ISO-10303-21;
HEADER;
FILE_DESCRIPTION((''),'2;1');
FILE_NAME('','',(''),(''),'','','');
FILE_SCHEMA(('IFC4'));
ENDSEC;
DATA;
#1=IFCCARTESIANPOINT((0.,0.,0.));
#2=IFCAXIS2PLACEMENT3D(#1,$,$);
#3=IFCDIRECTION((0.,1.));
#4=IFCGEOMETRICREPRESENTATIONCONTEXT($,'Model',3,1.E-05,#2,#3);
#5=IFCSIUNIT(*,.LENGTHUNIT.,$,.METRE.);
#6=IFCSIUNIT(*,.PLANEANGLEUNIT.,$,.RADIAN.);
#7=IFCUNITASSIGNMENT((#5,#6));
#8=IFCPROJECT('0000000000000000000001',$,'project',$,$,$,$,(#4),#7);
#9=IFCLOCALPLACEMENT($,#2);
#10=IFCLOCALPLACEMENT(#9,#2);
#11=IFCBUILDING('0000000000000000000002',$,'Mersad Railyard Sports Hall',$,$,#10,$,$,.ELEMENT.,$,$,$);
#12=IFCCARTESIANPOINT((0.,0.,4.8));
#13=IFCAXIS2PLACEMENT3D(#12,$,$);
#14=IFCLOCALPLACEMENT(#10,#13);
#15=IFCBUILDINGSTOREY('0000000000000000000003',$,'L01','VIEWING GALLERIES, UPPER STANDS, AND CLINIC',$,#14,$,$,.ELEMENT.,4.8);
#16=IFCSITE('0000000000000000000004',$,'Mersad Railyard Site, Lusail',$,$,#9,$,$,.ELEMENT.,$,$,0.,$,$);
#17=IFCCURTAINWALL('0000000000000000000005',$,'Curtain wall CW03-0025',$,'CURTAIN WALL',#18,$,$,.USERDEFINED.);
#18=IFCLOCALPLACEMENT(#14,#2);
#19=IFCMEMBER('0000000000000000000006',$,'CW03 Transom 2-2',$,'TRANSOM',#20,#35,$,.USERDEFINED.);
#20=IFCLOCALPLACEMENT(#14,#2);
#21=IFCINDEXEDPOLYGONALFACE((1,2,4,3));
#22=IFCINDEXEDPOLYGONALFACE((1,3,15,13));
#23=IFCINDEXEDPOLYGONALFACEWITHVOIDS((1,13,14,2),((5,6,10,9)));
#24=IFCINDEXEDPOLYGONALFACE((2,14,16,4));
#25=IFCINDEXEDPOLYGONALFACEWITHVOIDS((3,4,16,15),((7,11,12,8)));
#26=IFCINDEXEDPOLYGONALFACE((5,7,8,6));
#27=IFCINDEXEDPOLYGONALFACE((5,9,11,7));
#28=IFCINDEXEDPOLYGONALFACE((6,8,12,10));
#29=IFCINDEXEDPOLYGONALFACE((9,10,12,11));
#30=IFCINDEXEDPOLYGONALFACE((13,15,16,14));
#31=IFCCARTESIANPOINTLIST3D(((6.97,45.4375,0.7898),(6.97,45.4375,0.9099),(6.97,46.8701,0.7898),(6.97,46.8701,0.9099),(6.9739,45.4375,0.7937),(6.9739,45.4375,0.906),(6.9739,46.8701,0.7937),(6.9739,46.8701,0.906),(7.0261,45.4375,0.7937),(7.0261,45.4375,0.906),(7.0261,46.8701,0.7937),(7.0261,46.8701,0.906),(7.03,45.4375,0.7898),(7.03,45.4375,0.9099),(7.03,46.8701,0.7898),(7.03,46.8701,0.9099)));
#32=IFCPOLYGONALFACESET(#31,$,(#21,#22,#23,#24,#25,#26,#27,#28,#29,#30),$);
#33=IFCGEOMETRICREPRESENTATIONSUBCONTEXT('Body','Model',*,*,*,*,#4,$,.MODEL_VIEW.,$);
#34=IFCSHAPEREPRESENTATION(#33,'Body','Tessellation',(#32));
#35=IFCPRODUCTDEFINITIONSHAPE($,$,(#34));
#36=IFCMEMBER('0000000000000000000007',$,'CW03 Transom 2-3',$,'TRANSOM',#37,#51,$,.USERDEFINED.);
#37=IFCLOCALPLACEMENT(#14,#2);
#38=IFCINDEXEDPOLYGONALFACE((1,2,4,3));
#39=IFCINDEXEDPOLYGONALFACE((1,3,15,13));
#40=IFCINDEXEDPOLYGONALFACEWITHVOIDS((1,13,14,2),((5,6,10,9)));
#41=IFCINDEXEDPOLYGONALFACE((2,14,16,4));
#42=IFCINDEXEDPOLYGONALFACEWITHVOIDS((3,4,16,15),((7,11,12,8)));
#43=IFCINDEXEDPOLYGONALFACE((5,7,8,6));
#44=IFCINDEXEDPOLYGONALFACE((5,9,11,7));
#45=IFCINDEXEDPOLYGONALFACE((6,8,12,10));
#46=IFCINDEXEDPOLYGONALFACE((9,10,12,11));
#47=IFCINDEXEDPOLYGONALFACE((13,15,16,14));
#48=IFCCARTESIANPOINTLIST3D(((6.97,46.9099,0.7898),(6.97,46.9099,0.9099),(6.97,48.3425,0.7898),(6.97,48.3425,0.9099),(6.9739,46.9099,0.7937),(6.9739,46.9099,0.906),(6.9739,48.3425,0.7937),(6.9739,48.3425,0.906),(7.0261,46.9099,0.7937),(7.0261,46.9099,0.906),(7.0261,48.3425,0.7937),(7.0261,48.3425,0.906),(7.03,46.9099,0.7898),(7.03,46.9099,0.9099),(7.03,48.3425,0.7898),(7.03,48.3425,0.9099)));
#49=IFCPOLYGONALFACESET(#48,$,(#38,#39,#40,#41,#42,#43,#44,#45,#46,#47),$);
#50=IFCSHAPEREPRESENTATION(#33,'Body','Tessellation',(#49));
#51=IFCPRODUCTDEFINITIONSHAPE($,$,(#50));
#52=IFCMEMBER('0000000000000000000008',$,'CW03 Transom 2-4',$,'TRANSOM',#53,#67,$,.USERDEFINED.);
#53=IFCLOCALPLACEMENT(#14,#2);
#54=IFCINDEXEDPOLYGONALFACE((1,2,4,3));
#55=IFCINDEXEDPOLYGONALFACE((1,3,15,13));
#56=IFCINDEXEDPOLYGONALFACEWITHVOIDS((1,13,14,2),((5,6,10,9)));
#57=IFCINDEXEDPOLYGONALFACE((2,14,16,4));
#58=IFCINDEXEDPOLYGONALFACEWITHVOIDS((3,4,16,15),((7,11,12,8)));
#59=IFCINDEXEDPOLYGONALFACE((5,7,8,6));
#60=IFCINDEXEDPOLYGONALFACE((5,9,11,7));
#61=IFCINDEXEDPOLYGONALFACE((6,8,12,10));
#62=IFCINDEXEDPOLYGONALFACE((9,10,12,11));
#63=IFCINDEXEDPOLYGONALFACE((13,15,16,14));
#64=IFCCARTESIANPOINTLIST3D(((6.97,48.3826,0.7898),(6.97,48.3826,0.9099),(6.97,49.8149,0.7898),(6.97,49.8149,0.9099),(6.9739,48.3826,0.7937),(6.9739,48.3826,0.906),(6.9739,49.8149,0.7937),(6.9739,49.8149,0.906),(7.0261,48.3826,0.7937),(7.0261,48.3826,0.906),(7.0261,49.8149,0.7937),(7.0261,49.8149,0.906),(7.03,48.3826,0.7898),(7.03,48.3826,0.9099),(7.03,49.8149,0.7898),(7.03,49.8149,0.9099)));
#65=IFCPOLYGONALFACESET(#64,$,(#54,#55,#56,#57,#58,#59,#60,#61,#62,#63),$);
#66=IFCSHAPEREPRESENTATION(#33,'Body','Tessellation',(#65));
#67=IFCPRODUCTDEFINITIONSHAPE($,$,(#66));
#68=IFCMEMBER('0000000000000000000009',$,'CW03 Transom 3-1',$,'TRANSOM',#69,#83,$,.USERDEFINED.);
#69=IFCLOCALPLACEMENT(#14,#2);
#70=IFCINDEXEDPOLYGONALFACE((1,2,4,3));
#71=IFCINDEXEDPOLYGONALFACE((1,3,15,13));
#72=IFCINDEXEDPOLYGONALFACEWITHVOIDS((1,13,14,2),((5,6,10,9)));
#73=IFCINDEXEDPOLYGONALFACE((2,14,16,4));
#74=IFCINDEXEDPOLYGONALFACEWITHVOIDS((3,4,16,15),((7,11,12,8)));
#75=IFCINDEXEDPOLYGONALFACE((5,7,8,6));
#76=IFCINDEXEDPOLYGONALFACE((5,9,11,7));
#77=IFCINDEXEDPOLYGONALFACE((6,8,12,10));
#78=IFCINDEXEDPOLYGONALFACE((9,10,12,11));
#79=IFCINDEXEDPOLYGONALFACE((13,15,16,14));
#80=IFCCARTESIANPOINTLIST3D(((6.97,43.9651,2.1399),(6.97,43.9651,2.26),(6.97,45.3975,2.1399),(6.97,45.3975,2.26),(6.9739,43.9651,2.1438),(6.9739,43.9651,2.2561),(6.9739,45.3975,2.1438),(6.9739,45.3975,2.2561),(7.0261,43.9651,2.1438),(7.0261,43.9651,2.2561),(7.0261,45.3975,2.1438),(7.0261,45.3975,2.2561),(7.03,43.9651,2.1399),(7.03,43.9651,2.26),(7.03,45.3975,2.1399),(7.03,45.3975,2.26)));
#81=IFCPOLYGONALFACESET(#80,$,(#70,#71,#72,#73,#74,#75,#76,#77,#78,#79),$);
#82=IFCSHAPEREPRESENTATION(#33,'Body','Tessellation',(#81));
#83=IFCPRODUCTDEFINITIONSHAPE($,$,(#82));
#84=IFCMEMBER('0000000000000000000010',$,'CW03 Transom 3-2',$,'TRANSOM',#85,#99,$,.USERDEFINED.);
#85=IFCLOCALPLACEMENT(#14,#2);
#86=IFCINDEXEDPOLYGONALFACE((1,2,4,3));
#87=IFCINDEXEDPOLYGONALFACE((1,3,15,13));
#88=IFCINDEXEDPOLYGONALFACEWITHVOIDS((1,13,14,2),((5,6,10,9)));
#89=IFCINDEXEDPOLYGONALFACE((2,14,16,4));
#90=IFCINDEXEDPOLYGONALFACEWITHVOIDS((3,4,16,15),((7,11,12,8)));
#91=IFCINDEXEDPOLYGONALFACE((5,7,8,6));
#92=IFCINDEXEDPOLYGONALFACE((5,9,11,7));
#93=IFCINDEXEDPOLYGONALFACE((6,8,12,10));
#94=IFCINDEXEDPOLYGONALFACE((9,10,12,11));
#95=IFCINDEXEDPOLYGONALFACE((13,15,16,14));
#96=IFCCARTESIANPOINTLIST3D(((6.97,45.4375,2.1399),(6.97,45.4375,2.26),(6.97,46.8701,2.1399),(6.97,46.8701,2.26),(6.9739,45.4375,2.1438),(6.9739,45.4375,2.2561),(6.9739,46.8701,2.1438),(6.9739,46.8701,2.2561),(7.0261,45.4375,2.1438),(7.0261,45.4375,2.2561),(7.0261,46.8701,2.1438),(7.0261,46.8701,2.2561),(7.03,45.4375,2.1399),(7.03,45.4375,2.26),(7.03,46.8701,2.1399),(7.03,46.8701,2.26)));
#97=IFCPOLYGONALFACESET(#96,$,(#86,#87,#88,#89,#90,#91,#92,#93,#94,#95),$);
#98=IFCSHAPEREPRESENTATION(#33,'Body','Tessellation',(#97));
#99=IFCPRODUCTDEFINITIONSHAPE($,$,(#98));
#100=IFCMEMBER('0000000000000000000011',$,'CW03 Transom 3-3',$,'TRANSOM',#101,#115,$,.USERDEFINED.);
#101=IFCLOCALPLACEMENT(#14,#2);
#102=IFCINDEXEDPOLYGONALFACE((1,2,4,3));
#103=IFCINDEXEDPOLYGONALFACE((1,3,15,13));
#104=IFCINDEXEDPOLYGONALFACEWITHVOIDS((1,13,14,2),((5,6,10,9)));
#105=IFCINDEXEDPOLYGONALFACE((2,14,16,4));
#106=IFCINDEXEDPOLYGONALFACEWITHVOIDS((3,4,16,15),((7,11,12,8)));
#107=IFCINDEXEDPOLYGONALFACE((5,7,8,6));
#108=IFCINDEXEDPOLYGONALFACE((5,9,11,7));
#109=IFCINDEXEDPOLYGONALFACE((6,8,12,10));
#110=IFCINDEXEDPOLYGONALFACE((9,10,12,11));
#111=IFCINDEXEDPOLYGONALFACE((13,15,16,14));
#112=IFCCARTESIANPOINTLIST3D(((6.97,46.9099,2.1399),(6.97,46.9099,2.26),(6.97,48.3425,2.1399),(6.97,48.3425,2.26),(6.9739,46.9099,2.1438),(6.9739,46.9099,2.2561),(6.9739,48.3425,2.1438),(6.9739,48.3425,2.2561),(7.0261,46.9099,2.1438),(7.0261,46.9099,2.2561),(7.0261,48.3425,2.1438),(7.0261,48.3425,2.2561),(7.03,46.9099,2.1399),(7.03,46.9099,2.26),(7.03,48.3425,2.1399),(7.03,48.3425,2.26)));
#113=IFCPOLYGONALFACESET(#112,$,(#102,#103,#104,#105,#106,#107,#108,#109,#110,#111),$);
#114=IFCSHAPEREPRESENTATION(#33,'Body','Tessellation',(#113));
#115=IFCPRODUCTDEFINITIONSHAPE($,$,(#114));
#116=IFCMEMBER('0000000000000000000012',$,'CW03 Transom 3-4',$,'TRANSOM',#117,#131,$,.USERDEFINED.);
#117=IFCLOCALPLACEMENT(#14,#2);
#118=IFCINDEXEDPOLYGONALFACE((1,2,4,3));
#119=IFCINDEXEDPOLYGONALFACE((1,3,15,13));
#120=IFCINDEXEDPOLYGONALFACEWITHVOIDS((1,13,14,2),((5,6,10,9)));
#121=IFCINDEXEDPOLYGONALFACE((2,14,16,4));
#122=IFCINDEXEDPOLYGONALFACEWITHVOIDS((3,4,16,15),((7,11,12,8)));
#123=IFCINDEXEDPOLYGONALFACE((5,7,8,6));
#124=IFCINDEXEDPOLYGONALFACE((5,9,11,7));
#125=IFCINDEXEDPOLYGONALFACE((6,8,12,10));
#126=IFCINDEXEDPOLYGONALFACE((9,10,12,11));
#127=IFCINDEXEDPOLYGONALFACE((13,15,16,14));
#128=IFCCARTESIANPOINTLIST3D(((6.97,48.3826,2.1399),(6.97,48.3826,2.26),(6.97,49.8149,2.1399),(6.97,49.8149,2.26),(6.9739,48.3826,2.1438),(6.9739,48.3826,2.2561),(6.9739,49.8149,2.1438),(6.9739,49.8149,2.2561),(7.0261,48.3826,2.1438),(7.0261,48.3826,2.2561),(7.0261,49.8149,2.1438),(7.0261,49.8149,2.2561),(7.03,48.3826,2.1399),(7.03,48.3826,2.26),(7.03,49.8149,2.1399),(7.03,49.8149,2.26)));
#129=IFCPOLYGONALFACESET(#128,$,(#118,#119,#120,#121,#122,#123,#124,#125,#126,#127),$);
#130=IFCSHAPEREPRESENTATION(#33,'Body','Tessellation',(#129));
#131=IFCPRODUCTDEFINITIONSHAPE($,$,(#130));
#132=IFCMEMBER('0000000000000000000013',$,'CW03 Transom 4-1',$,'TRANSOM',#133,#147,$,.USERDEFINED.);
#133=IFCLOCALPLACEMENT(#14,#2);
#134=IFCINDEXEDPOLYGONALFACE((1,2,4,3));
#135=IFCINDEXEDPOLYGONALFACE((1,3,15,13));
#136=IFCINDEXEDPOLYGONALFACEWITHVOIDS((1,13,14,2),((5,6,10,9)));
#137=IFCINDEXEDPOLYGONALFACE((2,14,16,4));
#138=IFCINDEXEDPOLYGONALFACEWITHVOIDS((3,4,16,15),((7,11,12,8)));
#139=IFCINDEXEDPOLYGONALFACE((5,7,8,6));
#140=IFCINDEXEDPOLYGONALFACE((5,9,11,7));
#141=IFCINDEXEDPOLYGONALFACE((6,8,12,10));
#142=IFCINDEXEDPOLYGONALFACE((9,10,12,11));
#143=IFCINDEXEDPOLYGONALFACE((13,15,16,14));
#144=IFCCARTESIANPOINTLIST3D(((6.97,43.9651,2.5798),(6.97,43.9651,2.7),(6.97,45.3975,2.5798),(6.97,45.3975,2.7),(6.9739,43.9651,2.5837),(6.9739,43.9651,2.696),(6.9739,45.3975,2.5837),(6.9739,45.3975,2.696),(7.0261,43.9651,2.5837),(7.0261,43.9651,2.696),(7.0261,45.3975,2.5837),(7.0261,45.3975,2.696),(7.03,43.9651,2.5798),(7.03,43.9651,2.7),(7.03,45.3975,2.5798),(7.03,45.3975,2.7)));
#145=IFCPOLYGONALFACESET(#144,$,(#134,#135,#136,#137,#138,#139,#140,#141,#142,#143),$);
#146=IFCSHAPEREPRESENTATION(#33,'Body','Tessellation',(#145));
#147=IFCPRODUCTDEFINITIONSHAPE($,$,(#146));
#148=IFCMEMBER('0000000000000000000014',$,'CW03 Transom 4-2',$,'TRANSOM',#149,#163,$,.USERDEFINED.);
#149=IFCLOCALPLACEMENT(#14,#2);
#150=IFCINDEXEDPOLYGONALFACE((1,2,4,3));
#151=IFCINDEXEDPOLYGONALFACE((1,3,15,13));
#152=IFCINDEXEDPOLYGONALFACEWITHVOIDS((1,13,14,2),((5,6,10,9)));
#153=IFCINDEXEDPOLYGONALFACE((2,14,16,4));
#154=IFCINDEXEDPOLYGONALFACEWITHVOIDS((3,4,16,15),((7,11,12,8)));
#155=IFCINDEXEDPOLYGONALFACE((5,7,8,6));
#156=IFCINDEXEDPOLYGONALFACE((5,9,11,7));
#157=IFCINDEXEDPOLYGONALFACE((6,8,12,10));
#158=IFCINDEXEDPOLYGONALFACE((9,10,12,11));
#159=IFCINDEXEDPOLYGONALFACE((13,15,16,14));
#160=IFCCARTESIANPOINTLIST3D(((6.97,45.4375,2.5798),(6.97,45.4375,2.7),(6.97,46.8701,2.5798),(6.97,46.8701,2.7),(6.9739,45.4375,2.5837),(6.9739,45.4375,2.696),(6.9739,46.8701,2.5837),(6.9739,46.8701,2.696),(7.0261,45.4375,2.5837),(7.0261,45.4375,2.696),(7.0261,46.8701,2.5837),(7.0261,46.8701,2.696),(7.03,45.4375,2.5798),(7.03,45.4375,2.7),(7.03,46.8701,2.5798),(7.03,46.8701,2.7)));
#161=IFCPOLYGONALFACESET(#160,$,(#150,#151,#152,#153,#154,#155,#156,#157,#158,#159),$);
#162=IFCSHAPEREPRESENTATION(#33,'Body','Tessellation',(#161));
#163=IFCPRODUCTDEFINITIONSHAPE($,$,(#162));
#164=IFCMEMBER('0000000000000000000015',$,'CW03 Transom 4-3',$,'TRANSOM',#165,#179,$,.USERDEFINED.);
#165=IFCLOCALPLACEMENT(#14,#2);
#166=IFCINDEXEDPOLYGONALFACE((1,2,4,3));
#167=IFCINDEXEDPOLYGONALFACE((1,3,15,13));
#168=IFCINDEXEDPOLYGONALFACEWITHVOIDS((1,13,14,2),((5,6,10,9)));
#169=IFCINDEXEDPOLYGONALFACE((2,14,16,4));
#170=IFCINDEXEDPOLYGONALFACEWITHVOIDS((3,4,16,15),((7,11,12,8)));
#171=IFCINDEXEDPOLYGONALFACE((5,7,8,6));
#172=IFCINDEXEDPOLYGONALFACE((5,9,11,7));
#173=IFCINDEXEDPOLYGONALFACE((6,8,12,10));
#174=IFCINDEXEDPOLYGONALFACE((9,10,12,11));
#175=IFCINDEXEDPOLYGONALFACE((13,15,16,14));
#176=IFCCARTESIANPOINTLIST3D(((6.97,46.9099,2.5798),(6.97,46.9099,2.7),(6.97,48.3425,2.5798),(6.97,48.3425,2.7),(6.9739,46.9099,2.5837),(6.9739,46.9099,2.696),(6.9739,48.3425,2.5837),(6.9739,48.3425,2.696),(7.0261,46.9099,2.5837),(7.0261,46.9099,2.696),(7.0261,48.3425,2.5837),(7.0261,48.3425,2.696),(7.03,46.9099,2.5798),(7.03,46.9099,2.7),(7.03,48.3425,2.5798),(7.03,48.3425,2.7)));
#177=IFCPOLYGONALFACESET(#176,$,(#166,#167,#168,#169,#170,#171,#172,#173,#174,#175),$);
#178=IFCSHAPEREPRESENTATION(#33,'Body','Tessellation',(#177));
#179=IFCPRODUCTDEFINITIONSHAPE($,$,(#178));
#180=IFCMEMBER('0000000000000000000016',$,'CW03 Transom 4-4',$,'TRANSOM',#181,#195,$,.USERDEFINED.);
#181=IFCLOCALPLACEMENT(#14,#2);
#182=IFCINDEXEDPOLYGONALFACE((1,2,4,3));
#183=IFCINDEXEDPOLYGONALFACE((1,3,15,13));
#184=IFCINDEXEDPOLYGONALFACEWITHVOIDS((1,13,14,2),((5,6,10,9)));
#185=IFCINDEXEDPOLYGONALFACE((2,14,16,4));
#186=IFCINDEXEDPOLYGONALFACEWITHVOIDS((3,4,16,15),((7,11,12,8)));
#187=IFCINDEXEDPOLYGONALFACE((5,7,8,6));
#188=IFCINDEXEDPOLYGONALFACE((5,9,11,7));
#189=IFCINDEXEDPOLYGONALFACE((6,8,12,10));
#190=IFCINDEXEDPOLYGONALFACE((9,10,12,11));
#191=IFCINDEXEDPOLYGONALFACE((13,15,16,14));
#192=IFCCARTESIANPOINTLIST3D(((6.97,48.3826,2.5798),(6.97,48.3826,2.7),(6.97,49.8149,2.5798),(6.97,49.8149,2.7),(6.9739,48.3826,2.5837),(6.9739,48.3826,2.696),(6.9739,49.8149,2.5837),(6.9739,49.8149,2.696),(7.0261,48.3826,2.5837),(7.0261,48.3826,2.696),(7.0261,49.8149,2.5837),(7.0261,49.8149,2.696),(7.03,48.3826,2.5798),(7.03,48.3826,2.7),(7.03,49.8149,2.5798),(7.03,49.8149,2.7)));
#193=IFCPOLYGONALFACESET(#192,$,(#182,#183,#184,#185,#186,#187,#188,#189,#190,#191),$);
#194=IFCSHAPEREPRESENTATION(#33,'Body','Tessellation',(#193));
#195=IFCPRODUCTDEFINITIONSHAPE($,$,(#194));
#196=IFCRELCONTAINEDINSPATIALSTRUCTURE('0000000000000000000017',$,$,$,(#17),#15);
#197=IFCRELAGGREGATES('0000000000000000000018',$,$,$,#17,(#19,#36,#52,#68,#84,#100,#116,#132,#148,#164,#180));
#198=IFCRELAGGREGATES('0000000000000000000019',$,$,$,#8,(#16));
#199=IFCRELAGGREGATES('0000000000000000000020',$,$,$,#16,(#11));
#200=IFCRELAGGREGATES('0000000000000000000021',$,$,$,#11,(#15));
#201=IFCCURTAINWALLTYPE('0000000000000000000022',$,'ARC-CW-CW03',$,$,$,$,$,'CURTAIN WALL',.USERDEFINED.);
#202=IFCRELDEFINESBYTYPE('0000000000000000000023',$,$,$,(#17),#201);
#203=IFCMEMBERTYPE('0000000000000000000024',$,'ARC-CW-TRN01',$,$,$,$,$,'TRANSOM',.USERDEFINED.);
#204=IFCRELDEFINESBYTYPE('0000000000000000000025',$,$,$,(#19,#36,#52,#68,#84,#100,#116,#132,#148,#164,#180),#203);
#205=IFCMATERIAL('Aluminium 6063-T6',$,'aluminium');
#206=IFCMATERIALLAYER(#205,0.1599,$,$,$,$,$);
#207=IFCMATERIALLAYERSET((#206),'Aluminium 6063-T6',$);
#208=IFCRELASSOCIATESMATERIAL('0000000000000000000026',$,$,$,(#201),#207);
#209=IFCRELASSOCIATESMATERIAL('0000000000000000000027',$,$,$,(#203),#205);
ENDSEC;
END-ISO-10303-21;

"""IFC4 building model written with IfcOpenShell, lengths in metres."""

from ifc_helpers import new_model, si_unit, direction, frame, origin, origin_2d, place, context, subcontext, project, spatial, hollow_rectangle, extrude, material, layer, layer_set, material_profile, profile_set, type_object, element, aggregate, save


model = new_model("IFC4")

# Units and contexts
model_context = context("Model", 3, precision=1e-05, world=origin(), true_north=direction((0.0, 1.0)))
body_context = subcontext(model_context, "Body", "Model", "MODEL_VIEW")
ifc_project = project(units=[si_unit("LENGTHUNIT", "METRE"), si_unit("PLANEANGLEUNIT", "RADIAN")], contexts=[model_context])

# Site, building, storey
site_placement = place(None, origin())
site = spatial("IfcSite", under=ifc_project, at=site_placement, Name="Mersad Railyard Site, Lusail", CompositionType="ELEMENT", RefElevation=0.0)
building_placement = place(site_placement, origin())
building = spatial("IfcBuilding", under=site, at=building_placement, Name="Mersad Railyard Sports Hall", CompositionType="ELEMENT")
storey_placement = place(building_placement, frame((0.0, 0.0, 4.8)))
storey = spatial("IfcBuildingStorey", under=building, at=storey_placement, Name="L01", Description="VIEWING GALLERIES, UPPER STANDS, AND CLINIC", CompositionType="ELEMENT", Elevation=4.8)

# Curtain wall
ifc_material_1 = material(Name="Aluminium 6063-T6", Category="aluminium")
ifc_layer_1 = layer(ifc_material_1, 0.1599)
ifc_layer_set_1 = layer_set([ifc_layer_1], Name="Aluminium 6063-T6")
curtain_wall_type_1 = type_object("IfcCurtainWallType", Name="ARC-CW-CW03", ElementType="CURTAIN WALL", PredefinedType="USERDEFINED", material=ifc_layer_set_1)
curtain_wall_1_placement = place(storey_placement, origin())
curtain_wall_1 = element("IfcCurtainWall", 1, at=curtain_wall_1_placement, inside=storey, type_object=curtain_wall_type_1, Name="Curtain wall CW03-0025", ObjectType="CURTAIN WALL", PredefinedType="USERDEFINED")

# Members
ifc_material_profile_1 = material_profile(ifc_material_1, hollow_rectangle(XDim=0.0601, YDim=0.1201, WallThickness=0.0039, at=origin_2d()), Name="AL TRANSOM 60x120x4")
ifc_profile_set_1 = profile_set([ifc_material_profile_1], Name="Aluminium 6063-T6")
member_type_1 = type_object("IfcMemberType", Name="ARC-CW-TRN01", ElementType="TRANSOM", PredefinedType="USERDEFINED", material=ifc_profile_set_1)
member_1_placement = place(storey_placement, frame((7.0, 45.4375, 0.8499), z_axis=(0.0, 1.0, 0.0), x_axis=(-1.0, 0.0, 0.0)))
member_1 = element("IfcMember", 2, at=member_1_placement, type_object=member_type_1, Name="CW03 Transom 2-2", ObjectType="TRANSOM", PredefinedType="USERDEFINED", context=body_context, shape_type="SweptSolid", body=[
    extrude(hollow_rectangle(XDim=0.0601, YDim=0.1201, WallThickness=0.0039, at=origin_2d()), origin(), (0.0, 0.0, 1.0), 1.4326),
])
member_2_placement = place(storey_placement, frame((7.0, 46.9099, 0.8499), z_axis=(0.0, 1.0, 0.0), x_axis=(-1.0, 0.0, 0.0)))
member_2 = element("IfcMember", 3, at=member_2_placement, type_object=member_type_1, Name="CW03 Transom 2-3", ObjectType="TRANSOM", PredefinedType="USERDEFINED", context=body_context, shape_type="SweptSolid", body=[
    extrude(hollow_rectangle(XDim=0.0601, YDim=0.1201, WallThickness=0.0039, at=origin_2d()), origin(), (0.0, 0.0, 1.0), 1.4326),
])
member_3_placement = place(storey_placement, frame((7.0, 48.3826, 0.8499), z_axis=(0.0, 1.0, 0.0), x_axis=(-1.0, 0.0, 0.0)))
member_3 = element("IfcMember", 4, at=member_3_placement, type_object=member_type_1, Name="CW03 Transom 2-4", ObjectType="TRANSOM", PredefinedType="USERDEFINED", context=body_context, shape_type="SweptSolid", body=[
    extrude(hollow_rectangle(XDim=0.0601, YDim=0.1201, WallThickness=0.0039, at=origin_2d()), origin(), (0.0, 0.0, 1.0), 1.4324),
])
member_4_placement = place(storey_placement, frame((7.0, 43.9651, 2.2), z_axis=(0.0, 1.0, 0.0), x_axis=(-1.0, 0.0, 0.0)))
member_4 = element("IfcMember", 5, at=member_4_placement, type_object=member_type_1, Name="CW03 Transom 3-1", ObjectType="TRANSOM", PredefinedType="USERDEFINED", context=body_context, shape_type="SweptSolid", body=[
    extrude(hollow_rectangle(XDim=0.0601, YDim=0.1201, WallThickness=0.0039, at=origin_2d()), origin(), (0.0, 0.0, 1.0), 1.4324),
])
member_5_placement = place(storey_placement, frame((7.0, 45.4375, 2.2), z_axis=(0.0, 1.0, 0.0), x_axis=(-1.0, 0.0, 0.0)))
member_5 = element("IfcMember", 6, at=member_5_placement, type_object=member_type_1, Name="CW03 Transom 3-2", ObjectType="TRANSOM", PredefinedType="USERDEFINED", context=body_context, shape_type="SweptSolid", body=[
    extrude(hollow_rectangle(XDim=0.0601, YDim=0.1201, WallThickness=0.0039, at=origin_2d()), origin(), (0.0, 0.0, 1.0), 1.4326),
])
member_6_placement = place(storey_placement, frame((7.0, 46.9099, 2.2), z_axis=(0.0, 1.0, 0.0), x_axis=(-1.0, 0.0, 0.0)))
member_6 = element("IfcMember", 7, at=member_6_placement, type_object=member_type_1, Name="CW03 Transom 3-3", ObjectType="TRANSOM", PredefinedType="USERDEFINED", context=body_context, shape_type="SweptSolid", body=[
    extrude(hollow_rectangle(XDim=0.0601, YDim=0.1201, WallThickness=0.0039, at=origin_2d()), origin(), (0.0, 0.0, 1.0), 1.4326),
])
member_7_placement = place(storey_placement, frame((7.0, 48.3826, 2.2), z_axis=(0.0, 1.0, 0.0), x_axis=(-1.0, 0.0, 0.0)))
member_7 = element("IfcMember", 8, at=member_7_placement, type_object=member_type_1, Name="CW03 Transom 3-4", ObjectType="TRANSOM", PredefinedType="USERDEFINED", context=body_context, shape_type="SweptSolid", body=[
    extrude(hollow_rectangle(XDim=0.0601, YDim=0.1201, WallThickness=0.0039, at=origin_2d()), origin(), (0.0, 0.0, 1.0), 1.4324),
])
member_8_placement = place(storey_placement, frame((7.0, 43.9651, 2.6399), z_axis=(0.0, 1.0, 0.0), x_axis=(-1.0, 0.0, 0.0)))
member_8 = element("IfcMember", 9, at=member_8_placement, type_object=member_type_1, Name="CW03 Transom 4-1", ObjectType="TRANSOM", PredefinedType="USERDEFINED", context=body_context, shape_type="SweptSolid", body=[
    extrude(hollow_rectangle(XDim=0.0601, YDim=0.1201, WallThickness=0.0039, at=origin_2d()), origin(), (0.0, 0.0, 1.0), 1.4324),
])
member_9_placement = place(storey_placement, frame((7.0, 45.4375, 2.6399), z_axis=(0.0, 1.0, 0.0), x_axis=(-1.0, 0.0, 0.0)))
member_9 = element("IfcMember", 10, at=member_9_placement, type_object=member_type_1, Name="CW03 Transom 4-2", ObjectType="TRANSOM", PredefinedType="USERDEFINED", context=body_context, shape_type="SweptSolid", body=[
    extrude(hollow_rectangle(XDim=0.0601, YDim=0.1201, WallThickness=0.0039, at=origin_2d()), origin(), (0.0, 0.0, 1.0), 1.4326),
])
member_10_placement = place(storey_placement, frame((7.0, 46.9099, 2.6399), z_axis=(0.0, 1.0, 0.0), x_axis=(-1.0, 0.0, 0.0)))
member_10 = element("IfcMember", 11, at=member_10_placement, type_object=member_type_1, Name="CW03 Transom 4-3", ObjectType="TRANSOM", PredefinedType="USERDEFINED", context=body_context, shape_type="SweptSolid", body=[
    extrude(hollow_rectangle(XDim=0.0601, YDim=0.1201, WallThickness=0.0039, at=origin_2d()), origin(), (0.0, 0.0, 1.0), 1.4326),
])
member_11_placement = place(storey_placement, frame((7.0, 48.3826, 2.6399), z_axis=(0.0, 1.0, 0.0), x_axis=(-1.0, 0.0, 0.0)))
member_11 = element("IfcMember", 12, at=member_11_placement, type_object=member_type_1, Name="CW03 Transom 4-4", ObjectType="TRANSOM", PredefinedType="USERDEFINED", context=body_context, shape_type="SweptSolid", body=[
    extrude(hollow_rectangle(XDim=0.0601, YDim=0.1201, WallThickness=0.0039, at=origin_2d()), origin(), (0.0, 0.0, 1.0), 1.4324),
])

aggregate(curtain_wall_1, [member_1, member_2, member_3, member_4, member_5, member_6, member_7, member_8, member_9, member_10, member_11])

save(model, "model.ifc")
